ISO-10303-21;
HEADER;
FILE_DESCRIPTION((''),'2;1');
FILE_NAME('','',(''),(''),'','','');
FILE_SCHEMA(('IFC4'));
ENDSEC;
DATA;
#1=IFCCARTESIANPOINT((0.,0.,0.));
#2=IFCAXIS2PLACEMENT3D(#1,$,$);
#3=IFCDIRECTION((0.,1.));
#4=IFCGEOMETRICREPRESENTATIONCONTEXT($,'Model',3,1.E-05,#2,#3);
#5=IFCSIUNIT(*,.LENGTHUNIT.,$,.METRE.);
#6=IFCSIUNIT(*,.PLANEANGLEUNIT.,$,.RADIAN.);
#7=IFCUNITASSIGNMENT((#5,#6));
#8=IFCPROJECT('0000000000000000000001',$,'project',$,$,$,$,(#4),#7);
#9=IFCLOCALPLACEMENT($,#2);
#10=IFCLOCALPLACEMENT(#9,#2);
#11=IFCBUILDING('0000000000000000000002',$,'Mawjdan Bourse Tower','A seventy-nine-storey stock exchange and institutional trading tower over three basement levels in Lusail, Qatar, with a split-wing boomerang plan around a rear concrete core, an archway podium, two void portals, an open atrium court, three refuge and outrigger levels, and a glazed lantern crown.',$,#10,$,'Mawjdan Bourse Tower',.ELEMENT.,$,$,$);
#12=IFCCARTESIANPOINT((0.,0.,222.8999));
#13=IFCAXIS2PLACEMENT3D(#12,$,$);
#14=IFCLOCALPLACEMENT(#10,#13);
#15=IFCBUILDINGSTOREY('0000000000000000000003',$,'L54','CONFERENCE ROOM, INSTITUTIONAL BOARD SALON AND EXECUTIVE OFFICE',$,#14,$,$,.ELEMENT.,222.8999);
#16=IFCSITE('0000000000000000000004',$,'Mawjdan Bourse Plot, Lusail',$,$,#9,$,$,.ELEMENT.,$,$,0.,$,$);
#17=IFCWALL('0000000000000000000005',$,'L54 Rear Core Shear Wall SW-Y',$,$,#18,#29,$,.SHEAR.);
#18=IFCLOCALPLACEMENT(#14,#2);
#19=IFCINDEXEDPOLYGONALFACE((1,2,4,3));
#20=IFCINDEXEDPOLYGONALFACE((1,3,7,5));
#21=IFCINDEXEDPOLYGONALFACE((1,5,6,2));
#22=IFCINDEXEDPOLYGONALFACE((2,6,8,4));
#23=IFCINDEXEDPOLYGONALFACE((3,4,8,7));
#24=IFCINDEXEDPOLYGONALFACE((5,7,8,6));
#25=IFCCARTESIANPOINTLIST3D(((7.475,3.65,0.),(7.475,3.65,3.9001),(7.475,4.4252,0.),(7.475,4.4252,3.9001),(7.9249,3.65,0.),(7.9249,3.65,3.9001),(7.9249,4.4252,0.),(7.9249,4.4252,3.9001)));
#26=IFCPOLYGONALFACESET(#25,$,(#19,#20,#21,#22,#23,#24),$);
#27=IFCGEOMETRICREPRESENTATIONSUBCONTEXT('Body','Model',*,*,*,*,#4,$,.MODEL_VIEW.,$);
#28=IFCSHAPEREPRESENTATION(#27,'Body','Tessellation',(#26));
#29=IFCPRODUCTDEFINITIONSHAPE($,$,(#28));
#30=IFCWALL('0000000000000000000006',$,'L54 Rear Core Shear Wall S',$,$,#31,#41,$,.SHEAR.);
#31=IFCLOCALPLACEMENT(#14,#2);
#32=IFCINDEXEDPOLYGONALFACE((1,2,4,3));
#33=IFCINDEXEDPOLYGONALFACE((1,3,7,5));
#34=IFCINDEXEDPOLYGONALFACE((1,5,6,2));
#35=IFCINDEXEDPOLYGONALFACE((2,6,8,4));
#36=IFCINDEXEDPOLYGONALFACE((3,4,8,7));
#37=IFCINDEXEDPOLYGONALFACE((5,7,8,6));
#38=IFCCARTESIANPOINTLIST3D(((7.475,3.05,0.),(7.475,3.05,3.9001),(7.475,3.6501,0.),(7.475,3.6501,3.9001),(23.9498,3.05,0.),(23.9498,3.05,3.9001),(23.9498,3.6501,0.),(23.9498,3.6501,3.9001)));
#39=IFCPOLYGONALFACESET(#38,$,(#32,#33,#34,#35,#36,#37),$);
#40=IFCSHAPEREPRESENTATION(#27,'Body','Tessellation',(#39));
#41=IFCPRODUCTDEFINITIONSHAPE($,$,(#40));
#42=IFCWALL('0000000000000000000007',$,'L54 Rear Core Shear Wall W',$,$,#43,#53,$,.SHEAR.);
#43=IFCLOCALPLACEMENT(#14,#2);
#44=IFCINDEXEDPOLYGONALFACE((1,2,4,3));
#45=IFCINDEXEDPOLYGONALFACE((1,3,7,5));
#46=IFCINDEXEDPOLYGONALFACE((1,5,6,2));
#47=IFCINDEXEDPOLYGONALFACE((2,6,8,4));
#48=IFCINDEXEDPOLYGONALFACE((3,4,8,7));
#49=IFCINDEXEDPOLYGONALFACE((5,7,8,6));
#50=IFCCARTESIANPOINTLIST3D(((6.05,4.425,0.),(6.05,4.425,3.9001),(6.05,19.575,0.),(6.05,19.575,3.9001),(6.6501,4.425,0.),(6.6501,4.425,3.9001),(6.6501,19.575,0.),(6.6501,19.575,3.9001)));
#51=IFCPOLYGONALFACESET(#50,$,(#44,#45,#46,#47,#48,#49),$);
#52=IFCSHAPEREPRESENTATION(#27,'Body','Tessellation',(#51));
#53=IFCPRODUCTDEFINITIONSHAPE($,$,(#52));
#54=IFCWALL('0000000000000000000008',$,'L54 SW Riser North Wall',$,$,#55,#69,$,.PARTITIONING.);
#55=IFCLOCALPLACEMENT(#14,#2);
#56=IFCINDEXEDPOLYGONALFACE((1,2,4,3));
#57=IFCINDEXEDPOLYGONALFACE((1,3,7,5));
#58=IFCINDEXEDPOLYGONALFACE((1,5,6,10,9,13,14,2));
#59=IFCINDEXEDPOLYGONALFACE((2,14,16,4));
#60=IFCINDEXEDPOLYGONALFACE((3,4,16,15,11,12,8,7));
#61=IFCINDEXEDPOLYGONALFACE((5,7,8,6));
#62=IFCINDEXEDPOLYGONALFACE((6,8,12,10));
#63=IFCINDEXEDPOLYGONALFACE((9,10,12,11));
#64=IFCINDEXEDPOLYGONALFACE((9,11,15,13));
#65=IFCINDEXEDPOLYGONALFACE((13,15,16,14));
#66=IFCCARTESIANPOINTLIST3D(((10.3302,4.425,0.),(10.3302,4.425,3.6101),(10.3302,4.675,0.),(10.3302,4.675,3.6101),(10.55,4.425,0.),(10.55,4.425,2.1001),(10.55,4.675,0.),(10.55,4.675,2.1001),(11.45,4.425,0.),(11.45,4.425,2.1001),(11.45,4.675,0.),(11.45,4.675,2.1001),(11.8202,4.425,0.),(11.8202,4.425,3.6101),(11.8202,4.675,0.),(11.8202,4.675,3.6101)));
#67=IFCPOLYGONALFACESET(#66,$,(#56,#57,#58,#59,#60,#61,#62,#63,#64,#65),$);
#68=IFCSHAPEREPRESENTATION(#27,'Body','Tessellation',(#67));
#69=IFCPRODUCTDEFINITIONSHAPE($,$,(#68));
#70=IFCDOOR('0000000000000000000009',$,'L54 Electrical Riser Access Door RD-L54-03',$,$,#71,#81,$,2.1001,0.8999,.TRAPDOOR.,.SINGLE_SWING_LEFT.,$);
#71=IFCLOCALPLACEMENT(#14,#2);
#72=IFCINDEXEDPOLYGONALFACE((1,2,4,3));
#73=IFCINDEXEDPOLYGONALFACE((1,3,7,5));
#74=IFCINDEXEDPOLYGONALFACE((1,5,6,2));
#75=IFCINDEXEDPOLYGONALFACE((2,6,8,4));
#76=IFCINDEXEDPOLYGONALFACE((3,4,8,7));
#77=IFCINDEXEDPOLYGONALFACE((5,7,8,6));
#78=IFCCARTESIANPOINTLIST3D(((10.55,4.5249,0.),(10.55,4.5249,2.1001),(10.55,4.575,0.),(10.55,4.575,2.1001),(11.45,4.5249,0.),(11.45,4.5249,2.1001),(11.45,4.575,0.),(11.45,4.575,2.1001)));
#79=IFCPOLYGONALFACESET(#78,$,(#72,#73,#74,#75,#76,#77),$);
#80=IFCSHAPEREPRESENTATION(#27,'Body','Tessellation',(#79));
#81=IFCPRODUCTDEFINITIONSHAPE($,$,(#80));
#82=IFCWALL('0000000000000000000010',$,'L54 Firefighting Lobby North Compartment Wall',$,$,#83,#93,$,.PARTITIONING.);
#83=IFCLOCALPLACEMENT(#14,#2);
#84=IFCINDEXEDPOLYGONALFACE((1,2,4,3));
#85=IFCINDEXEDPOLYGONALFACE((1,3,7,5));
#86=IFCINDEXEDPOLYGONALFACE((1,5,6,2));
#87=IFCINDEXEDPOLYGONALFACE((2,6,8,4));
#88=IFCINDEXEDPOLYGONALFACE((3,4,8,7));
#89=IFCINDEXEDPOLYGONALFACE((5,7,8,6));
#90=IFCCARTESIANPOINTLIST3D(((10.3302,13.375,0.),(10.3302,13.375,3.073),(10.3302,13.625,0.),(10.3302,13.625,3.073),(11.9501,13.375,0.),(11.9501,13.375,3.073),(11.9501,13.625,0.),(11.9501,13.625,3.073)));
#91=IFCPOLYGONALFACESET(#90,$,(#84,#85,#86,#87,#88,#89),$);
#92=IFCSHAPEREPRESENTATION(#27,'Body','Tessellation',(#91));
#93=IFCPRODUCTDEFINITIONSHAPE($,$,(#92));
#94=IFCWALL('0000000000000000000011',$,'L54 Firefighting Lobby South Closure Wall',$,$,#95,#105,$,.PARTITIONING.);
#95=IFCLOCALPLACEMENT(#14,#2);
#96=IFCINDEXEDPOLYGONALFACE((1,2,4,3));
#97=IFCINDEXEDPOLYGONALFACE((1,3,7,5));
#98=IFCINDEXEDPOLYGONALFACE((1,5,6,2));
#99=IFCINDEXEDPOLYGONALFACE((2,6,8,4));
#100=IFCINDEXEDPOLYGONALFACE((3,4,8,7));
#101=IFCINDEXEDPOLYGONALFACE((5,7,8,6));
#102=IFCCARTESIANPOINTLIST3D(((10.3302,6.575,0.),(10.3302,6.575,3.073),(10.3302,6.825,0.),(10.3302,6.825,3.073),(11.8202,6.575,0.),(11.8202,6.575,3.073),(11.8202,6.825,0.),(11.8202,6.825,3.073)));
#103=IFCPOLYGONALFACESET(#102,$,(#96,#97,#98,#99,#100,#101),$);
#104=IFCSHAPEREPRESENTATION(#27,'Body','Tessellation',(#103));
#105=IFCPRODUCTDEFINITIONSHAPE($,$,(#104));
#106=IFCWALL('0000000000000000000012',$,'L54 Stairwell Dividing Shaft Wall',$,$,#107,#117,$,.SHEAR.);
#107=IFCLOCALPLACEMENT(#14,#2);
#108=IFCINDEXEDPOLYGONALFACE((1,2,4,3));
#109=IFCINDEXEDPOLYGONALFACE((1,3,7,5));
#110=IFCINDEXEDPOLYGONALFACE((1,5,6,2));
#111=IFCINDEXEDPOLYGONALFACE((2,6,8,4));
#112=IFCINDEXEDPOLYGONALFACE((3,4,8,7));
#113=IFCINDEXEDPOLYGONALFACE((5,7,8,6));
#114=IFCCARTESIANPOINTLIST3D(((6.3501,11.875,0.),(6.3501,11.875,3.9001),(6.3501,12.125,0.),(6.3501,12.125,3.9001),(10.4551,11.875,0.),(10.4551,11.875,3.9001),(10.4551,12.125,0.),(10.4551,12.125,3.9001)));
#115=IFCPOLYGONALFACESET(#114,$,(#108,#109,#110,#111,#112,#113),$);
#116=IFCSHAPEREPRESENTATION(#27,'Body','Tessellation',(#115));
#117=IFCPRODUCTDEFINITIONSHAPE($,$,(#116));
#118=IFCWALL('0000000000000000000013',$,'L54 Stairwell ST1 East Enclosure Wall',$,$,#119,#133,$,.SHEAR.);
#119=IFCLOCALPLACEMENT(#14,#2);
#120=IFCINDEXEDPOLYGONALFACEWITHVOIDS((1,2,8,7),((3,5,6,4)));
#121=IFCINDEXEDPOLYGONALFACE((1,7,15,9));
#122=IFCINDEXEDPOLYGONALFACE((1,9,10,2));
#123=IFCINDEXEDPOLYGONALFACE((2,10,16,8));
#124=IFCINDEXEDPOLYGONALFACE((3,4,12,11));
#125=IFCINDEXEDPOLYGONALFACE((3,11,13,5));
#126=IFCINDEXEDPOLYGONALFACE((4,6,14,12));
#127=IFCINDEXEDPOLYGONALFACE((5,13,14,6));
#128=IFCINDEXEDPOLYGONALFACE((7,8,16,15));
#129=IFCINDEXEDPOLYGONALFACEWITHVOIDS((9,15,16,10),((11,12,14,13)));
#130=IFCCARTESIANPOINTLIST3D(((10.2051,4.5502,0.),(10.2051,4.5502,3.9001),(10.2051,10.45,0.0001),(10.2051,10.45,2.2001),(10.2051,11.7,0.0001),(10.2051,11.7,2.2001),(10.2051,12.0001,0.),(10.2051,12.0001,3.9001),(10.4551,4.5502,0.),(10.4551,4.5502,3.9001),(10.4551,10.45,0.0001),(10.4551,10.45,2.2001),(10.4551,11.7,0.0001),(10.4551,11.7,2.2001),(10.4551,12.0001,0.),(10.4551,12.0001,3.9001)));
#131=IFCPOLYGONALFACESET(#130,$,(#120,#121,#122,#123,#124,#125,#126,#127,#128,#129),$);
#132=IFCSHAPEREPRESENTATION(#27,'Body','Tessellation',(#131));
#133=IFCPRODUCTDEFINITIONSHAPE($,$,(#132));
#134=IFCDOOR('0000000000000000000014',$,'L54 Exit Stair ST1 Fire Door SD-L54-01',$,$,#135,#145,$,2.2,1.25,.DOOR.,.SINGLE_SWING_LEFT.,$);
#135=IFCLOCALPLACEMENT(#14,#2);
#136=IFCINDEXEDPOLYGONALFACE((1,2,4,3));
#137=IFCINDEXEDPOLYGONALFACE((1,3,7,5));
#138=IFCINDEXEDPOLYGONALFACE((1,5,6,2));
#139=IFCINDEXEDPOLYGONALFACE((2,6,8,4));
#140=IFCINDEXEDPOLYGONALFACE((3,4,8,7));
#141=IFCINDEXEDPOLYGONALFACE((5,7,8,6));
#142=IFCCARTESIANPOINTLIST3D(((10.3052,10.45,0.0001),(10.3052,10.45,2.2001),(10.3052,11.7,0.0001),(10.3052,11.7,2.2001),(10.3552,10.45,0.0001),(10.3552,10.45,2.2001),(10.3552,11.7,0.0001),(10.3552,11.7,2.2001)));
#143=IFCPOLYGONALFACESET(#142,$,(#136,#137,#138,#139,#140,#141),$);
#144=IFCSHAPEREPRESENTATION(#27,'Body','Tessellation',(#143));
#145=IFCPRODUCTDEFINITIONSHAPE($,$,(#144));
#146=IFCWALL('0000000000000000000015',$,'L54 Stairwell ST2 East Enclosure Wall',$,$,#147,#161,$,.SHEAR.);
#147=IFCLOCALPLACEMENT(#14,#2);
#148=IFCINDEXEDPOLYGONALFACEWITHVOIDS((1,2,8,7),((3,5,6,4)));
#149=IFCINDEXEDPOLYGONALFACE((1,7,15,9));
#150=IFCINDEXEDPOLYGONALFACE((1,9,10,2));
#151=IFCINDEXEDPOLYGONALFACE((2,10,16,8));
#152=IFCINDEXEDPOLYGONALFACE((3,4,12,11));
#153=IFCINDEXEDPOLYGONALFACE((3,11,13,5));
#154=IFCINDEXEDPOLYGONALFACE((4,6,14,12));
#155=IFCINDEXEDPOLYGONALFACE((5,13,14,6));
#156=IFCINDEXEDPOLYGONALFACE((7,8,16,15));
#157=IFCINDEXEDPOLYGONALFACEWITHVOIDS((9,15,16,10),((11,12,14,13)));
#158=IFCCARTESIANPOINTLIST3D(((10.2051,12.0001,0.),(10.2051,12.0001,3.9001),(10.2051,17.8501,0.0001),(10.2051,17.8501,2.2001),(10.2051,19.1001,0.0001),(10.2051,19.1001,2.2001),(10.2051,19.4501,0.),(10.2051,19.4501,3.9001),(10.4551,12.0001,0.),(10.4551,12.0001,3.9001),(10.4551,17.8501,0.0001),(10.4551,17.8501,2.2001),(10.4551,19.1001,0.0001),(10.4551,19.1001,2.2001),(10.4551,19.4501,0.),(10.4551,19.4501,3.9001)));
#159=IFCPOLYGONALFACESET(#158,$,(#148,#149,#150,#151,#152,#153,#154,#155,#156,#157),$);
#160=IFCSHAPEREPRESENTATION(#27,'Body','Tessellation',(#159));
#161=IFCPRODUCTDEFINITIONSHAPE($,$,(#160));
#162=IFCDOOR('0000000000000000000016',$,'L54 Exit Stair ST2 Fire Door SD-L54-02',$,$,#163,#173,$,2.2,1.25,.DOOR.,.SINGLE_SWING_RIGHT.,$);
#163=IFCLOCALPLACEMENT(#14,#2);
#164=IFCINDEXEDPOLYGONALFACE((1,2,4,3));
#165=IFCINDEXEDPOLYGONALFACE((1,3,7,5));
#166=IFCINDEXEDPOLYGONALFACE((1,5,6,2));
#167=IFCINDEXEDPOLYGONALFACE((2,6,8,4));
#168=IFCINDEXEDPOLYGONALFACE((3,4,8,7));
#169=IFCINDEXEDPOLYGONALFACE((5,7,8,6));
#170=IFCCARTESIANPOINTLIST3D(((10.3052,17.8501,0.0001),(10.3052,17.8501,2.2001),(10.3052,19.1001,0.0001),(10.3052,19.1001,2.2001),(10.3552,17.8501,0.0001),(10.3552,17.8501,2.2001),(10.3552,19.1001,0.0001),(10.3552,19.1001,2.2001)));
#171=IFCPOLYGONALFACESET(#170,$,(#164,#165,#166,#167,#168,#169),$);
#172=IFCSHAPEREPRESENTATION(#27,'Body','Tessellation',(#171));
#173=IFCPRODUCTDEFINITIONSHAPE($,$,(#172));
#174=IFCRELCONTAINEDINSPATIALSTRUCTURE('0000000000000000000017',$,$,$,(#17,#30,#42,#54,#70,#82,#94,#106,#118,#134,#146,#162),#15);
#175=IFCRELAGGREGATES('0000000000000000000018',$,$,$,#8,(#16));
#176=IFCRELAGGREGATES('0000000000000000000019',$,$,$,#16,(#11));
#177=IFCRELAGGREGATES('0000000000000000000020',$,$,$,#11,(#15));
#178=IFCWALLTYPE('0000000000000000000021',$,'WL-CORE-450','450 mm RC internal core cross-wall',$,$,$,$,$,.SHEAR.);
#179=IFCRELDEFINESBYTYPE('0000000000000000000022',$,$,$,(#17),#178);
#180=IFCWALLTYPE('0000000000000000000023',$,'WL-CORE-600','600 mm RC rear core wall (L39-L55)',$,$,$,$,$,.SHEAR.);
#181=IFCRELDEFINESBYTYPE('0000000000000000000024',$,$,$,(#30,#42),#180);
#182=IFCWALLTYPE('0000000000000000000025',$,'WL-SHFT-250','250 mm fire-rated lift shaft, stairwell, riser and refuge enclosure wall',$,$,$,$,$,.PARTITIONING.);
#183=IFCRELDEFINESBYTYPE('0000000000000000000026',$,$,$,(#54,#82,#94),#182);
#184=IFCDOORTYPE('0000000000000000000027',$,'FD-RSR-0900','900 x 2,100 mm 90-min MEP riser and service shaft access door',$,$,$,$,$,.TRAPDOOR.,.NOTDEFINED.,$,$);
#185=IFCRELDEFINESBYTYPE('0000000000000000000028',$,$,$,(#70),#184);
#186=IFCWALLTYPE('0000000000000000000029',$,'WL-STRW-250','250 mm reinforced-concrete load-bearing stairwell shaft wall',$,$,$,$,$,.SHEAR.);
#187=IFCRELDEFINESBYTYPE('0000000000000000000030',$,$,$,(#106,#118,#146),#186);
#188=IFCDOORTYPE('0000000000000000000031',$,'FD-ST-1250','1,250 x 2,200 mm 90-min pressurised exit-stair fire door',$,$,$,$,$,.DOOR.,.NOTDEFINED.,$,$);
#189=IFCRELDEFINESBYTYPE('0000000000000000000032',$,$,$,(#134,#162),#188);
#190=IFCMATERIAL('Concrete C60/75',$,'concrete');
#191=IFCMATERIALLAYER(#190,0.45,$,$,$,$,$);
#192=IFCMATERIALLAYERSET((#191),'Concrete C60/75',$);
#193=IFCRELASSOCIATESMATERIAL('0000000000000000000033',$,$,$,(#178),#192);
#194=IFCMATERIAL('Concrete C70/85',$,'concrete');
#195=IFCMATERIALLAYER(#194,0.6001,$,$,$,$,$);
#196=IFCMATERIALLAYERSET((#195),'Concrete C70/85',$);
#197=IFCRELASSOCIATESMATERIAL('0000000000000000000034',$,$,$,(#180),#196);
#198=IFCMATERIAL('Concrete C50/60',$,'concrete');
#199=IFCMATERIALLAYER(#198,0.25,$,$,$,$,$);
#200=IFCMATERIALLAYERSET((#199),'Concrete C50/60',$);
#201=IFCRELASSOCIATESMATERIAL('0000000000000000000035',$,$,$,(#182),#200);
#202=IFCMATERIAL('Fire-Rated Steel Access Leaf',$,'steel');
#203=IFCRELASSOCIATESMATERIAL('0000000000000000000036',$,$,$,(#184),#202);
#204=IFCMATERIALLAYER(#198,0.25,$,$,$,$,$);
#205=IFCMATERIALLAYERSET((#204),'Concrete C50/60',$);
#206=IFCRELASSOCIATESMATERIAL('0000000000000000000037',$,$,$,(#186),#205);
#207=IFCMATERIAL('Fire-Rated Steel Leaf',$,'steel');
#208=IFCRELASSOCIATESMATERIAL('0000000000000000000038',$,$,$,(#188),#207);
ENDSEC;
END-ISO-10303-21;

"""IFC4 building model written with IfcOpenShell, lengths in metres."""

from ifc_helpers import new_model, si_unit, direction, frame, frame_2d, origin, place, context, subcontext, project, spatial, rectangle, extrude, material, layer, layer_set, type_object, element, fill, save


model = new_model("IFC4")

# Units and contexts
model_context = context("Model", 3, precision=1e-05, world=origin(), true_north=direction((0.0, 1.0)))
body_context = subcontext(model_context, "Body", "Model", "MODEL_VIEW")
ifc_project = project(units=[si_unit("LENGTHUNIT", "METRE"), si_unit("PLANEANGLEUNIT", "RADIAN")], contexts=[model_context])

# Site, building, storey
site_placement = place(None, origin())
site = spatial("IfcSite", under=ifc_project, at=site_placement, Name="Mawjdan Bourse Plot, Lusail", CompositionType="ELEMENT", RefElevation=0.0)
building_placement = place(site_placement, origin())
building = spatial("IfcBuilding", under=site, at=building_placement, Name="Mawjdan Bourse Tower", Description="A seventy-nine-storey stock exchange and institutional trading tower over three basement levels in Lusail, Qatar, with a split-wing boomerang plan around a rear concrete core, an archway podium, two void portals, an open atrium court, three refuge and outrigger levels, and a glazed lantern crown.", LongName="Mawjdan Bourse Tower", CompositionType="ELEMENT")
storey_placement = place(building_placement, frame((0.0, 0.0, 222.8999)))
storey = spatial("IfcBuildingStorey", under=building, at=storey_placement, Name="L54", Description="CONFERENCE ROOM, INSTITUTIONAL BOARD SALON AND EXECUTIVE OFFICE", CompositionType="ELEMENT", Elevation=222.8999)

# Shared definitions
ifc_material_1 = material(Name="Concrete C50/60", Category="concrete")

# Walls
ifc_material_2 = material(Name="Concrete C60/75", Category="concrete")
ifc_layer_1 = layer(ifc_material_2, 0.45)
ifc_layer_set_1 = layer_set([ifc_layer_1], Name="Concrete C60/75")
wall_type_1 = type_object("IfcWallType", Name="WL-CORE-450", Description="450 mm RC internal core cross-wall", PredefinedType="SHEAR", material=ifc_layer_set_1)
wall_1_placement = place(storey_placement, frame((7.7, 3.6499, 0.0), z_axis=(0.0, 0.0, 1.0), x_axis=(0.0, 1.0, 0.0)))
element("IfcWall", 1, at=wall_1_placement, inside=storey, type_object=wall_type_1, Name="L54 Rear Core Shear Wall SW-Y", PredefinedType="SHEAR", context=body_context, shape_type="SweptSolid", body=[
    extrude(rectangle(XDim=0.7751, YDim=0.45, at=frame_2d((0.3877, 0.0))), origin(), (0.0, 0.0, 1.0), 3.9001),
])
ifc_material_3 = material(Name="Concrete C70/85", Category="concrete")
ifc_layer_2 = layer(ifc_material_3, 0.6001)
ifc_layer_set_2 = layer_set([ifc_layer_2], Name="Concrete C70/85")
wall_type_2 = type_object("IfcWallType", Name="WL-CORE-600", Description="600 mm RC rear core wall (L39-L55)", PredefinedType="SHEAR", material=ifc_layer_set_2)
wall_2_placement = place(storey_placement, frame((7.4751, 3.3501, 0.0), z_axis=(0.0, 0.0, 1.0), x_axis=(1.0, 0.0, 0.0)))
element("IfcWall", 2, at=wall_2_placement, inside=storey, type_object=wall_type_2, Name="L54 Rear Core Shear Wall S", PredefinedType="SHEAR", context=body_context, shape_type="SweptSolid", body=[
    extrude(rectangle(XDim=16.4749, YDim=0.6001, at=frame_2d((8.2373, 0.0))), origin(), (0.0, 0.0, 1.0), 3.9001),
])
wall_3_placement = place(storey_placement, frame((6.3501, 4.425, 0.0), z_axis=(0.0, 0.0, 1.0), x_axis=(0.0, 1.0, 0.0)))
element("IfcWall", 3, at=wall_3_placement, inside=storey, type_object=wall_type_2, Name="L54 Rear Core Shear Wall W", PredefinedType="SHEAR", context=body_context, shape_type="SweptSolid", body=[
    extrude(rectangle(XDim=15.1499, YDim=0.6001, at=frame_2d((7.575, 0.0))), origin(), (0.0, 0.0, 1.0), 3.9001),
])

# Wall, opening, door
ifc_layer_3 = layer(ifc_material_1, 0.25)
ifc_layer_set_3 = layer_set([ifc_layer_3], Name="Concrete C50/60")
wall_type_3 = type_object("IfcWallType", Name="WL-SHFT-250", Description="250 mm fire-rated lift shaft, stairwell, riser and refuge enclosure wall", PredefinedType="PARTITIONING", material=ifc_layer_set_3)
wall_4_placement = place(storey_placement, frame((10.3301, 4.55, 0.0), z_axis=(0.0, 0.0, 1.0), x_axis=(1.0, 0.0, 0.0)))
wall_4 = element("IfcWall", 4, at=wall_4_placement, inside=storey, type_object=wall_type_3, Name="L54 SW Riser North Wall", PredefinedType="PARTITIONING", context=body_context, shape_type="SweptSolid", body=[
    extrude(rectangle(XDim=1.49, YDim=0.25, at=frame_2d((0.7451, 0.0))), origin(), (0.0, 0.0, 1.0), 3.6101),
])
opening_1_placement = place(wall_4_placement, frame((0.22, 0.0, 0.0)))
opening_1 = element("IfcOpeningElement", 5, at=opening_1_placement, cuts=wall_4, PredefinedType="OPENING", context=body_context, shape_type="SweptSolid", body=[
    extrude(rectangle(XDim=0.8999, YDim=2.1001, at=frame_2d((0.45, 1.05))), frame((0.0, 0.135, 0.0), z_axis=(0.0, -1.0, 0.0), x_axis=(1.0, 0.0, 0.0)), (0.0, 0.0, 1.0), 0.27),
])
ifc_material_4 = material(Name="Fire-Rated Steel Access Leaf", Category="steel")
door_type_1 = type_object("IfcDoorType", Name="FD-RSR-0900", Description="900 x 2,100 mm 90-min MEP riser and service shaft access door", OperationType="NOTDEFINED", PredefinedType="TRAPDOOR", material=ifc_material_4)
door_1_placement = place(opening_1_placement, origin())
door_1 = element("IfcDoor", 6, at=door_1_placement, inside=storey, type_object=door_type_1, Name="L54 Electrical Riser Access Door RD-L54-03", OperationType="SINGLE_SWING_LEFT", OverallHeight=2.1001, OverallWidth=0.8999, PredefinedType="TRAPDOOR", context=body_context, shape_type="SweptSolid", body=[
    extrude(rectangle(XDim=0.8999, YDim=2.1001, at=frame_2d((0.45, 1.05))), frame((0.0, 0.0249, 0.0), z_axis=(0.0, -1.0, 0.0), x_axis=(1.0, 0.0, 0.0)), (0.0, 0.0, 1.0), 0.05),
])
fill(opening_1, door_1)

# Walls
wall_5_placement = place(storey_placement, frame((10.3301, 13.5, 0.0), z_axis=(0.0, 0.0, 1.0), x_axis=(1.0, 0.0, 0.0)))
element("IfcWall", 7, at=wall_5_placement, inside=storey, type_object=wall_type_3, Name="L54 Firefighting Lobby North Compartment Wall", PredefinedType="PARTITIONING", context=body_context, shape_type="SweptSolid", body=[
    extrude(rectangle(XDim=1.6199, YDim=0.25, at=frame_2d((0.8101, 0.0))), origin(), (0.0, 0.0, 1.0), 3.073),
])
wall_6_placement = place(storey_placement, frame((10.3301, 6.7, 0.0), z_axis=(0.0, 0.0, 1.0), x_axis=(1.0, 0.0, 0.0)))
element("IfcWall", 8, at=wall_6_placement, inside=storey, type_object=wall_type_3, Name="L54 Firefighting Lobby South Closure Wall", PredefinedType="PARTITIONING", context=body_context, shape_type="SweptSolid", body=[
    extrude(rectangle(XDim=1.49, YDim=0.25, at=frame_2d((0.7451, 0.0))), origin(), (0.0, 0.0, 1.0), 3.073),
])
ifc_layer_4 = layer(ifc_material_1, 0.25)
ifc_layer_set_4 = layer_set([ifc_layer_4], Name="Concrete C50/60")
wall_type_4 = type_object("IfcWallType", Name="WL-STRW-250", Description="250 mm reinforced-concrete load-bearing stairwell shaft wall", PredefinedType="SHEAR", material=ifc_layer_set_4)
wall_7_placement = place(storey_placement, frame((6.3501, 12.0, 0.0), z_axis=(0.0, 0.0, 1.0), x_axis=(1.0, 0.0, 0.0)))
element("IfcWall", 9, at=wall_7_placement, inside=storey, type_object=wall_type_4, Name="L54 Stairwell Dividing Shaft Wall", PredefinedType="SHEAR", context=body_context, shape_type="SweptSolid", body=[
    extrude(rectangle(XDim=4.105, YDim=0.25, at=frame_2d((2.0525, 0.0))), origin(), (0.0, 0.0, 1.0), 3.9001),
])

# Walls, openings, doors
wall_8_placement = place(storey_placement, frame((10.3301, 4.55, 0.0), z_axis=(0.0, 0.0, 1.0), x_axis=(0.0, 1.0, 0.0)))
wall_8 = element("IfcWall", 10, at=wall_8_placement, inside=storey, type_object=wall_type_4, Name="L54 Stairwell ST1 East Enclosure Wall", PredefinedType="SHEAR", context=body_context, shape_type="SweptSolid", body=[
    extrude(rectangle(XDim=7.45, YDim=0.25, at=frame_2d((3.7251, 0.0))), origin(), (0.0, 0.0, 1.0), 3.9001),
])
opening_2_placement = place(wall_8_placement, frame((5.8999, 0.0, 0.0)))
opening_2 = element("IfcOpeningElement", 11, at=opening_2_placement, cuts=wall_8, PredefinedType="OPENING", context=body_context, shape_type="SweptSolid", body=[
    extrude(rectangle(XDim=1.25, YDim=2.2, at=frame_2d((0.625, 1.1001))), frame((0.0, 0.135, 0.0), z_axis=(0.0, -1.0, 0.0), x_axis=(1.0, 0.0, 0.0)), (0.0, 0.0, 1.0), 0.27),
])
ifc_material_5 = material(Name="Fire-Rated Steel Leaf", Category="steel")
door_type_2 = type_object("IfcDoorType", Name="FD-ST-1250", Description="1,250 x 2,200 mm 90-min pressurised exit-stair fire door", OperationType="NOTDEFINED", PredefinedType="DOOR", material=ifc_material_5)
door_2_placement = place(opening_2_placement, origin())
door_2 = element("IfcDoor", 12, at=door_2_placement, inside=storey, type_object=door_type_2, Name="L54 Exit Stair ST1 Fire Door SD-L54-01", OperationType="SINGLE_SWING_LEFT", OverallHeight=2.2, OverallWidth=1.25, PredefinedType="DOOR", context=body_context, shape_type="SweptSolid", body=[
    extrude(rectangle(XDim=1.25, YDim=2.2, at=frame_2d((0.625, 1.1001))), frame((0.0, 0.0249, 0.0), z_axis=(0.0, -1.0, 0.0), x_axis=(1.0, 0.0, 0.0)), (0.0, 0.0, 1.0), 0.05),
])
fill(opening_2, door_2)
wall_9_placement = place(storey_placement, frame((10.3301, 12.0, 0.0), z_axis=(0.0, 0.0, 1.0), x_axis=(0.0, 1.0, 0.0)))
wall_9 = element("IfcWall", 13, at=wall_9_placement, inside=storey, type_object=wall_type_4, Name="L54 Stairwell ST2 East Enclosure Wall", PredefinedType="SHEAR", context=body_context, shape_type="SweptSolid", body=[
    extrude(rectangle(XDim=7.45, YDim=0.25, at=frame_2d((3.7251, 0.0))), origin(), (0.0, 0.0, 1.0), 3.9001),
])
opening_3_placement = place(wall_9_placement, frame((5.8501, 0.0, 0.0)))
opening_3 = element("IfcOpeningElement", 14, at=opening_3_placement, cuts=wall_9, PredefinedType="OPENING", context=body_context, shape_type="SweptSolid", body=[
    extrude(rectangle(XDim=1.25, YDim=2.2, at=frame_2d((0.625, 1.1001))), frame((0.0, 0.135, 0.0), z_axis=(0.0, -1.0, 0.0), x_axis=(1.0, 0.0, 0.0)), (0.0, 0.0, 1.0), 0.27),
])
door_3_placement = place(opening_3_placement, origin())
door_3 = element("IfcDoor", 15, at=door_3_placement, inside=storey, type_object=door_type_2, Name="L54 Exit Stair ST2 Fire Door SD-L54-02", OperationType="SINGLE_SWING_RIGHT", OverallHeight=2.2, OverallWidth=1.25, PredefinedType="DOOR", context=body_context, shape_type="SweptSolid", body=[
    extrude(rectangle(XDim=1.25, YDim=2.2, at=frame_2d((0.625, 1.1001))), frame((0.0, 0.0249, 0.0), z_axis=(0.0, -1.0, 0.0), x_axis=(1.0, 0.0, 0.0)), (0.0, 0.0, 1.0), 0.05),
])
fill(opening_3, door_3)

save(model, "model.ifc")
